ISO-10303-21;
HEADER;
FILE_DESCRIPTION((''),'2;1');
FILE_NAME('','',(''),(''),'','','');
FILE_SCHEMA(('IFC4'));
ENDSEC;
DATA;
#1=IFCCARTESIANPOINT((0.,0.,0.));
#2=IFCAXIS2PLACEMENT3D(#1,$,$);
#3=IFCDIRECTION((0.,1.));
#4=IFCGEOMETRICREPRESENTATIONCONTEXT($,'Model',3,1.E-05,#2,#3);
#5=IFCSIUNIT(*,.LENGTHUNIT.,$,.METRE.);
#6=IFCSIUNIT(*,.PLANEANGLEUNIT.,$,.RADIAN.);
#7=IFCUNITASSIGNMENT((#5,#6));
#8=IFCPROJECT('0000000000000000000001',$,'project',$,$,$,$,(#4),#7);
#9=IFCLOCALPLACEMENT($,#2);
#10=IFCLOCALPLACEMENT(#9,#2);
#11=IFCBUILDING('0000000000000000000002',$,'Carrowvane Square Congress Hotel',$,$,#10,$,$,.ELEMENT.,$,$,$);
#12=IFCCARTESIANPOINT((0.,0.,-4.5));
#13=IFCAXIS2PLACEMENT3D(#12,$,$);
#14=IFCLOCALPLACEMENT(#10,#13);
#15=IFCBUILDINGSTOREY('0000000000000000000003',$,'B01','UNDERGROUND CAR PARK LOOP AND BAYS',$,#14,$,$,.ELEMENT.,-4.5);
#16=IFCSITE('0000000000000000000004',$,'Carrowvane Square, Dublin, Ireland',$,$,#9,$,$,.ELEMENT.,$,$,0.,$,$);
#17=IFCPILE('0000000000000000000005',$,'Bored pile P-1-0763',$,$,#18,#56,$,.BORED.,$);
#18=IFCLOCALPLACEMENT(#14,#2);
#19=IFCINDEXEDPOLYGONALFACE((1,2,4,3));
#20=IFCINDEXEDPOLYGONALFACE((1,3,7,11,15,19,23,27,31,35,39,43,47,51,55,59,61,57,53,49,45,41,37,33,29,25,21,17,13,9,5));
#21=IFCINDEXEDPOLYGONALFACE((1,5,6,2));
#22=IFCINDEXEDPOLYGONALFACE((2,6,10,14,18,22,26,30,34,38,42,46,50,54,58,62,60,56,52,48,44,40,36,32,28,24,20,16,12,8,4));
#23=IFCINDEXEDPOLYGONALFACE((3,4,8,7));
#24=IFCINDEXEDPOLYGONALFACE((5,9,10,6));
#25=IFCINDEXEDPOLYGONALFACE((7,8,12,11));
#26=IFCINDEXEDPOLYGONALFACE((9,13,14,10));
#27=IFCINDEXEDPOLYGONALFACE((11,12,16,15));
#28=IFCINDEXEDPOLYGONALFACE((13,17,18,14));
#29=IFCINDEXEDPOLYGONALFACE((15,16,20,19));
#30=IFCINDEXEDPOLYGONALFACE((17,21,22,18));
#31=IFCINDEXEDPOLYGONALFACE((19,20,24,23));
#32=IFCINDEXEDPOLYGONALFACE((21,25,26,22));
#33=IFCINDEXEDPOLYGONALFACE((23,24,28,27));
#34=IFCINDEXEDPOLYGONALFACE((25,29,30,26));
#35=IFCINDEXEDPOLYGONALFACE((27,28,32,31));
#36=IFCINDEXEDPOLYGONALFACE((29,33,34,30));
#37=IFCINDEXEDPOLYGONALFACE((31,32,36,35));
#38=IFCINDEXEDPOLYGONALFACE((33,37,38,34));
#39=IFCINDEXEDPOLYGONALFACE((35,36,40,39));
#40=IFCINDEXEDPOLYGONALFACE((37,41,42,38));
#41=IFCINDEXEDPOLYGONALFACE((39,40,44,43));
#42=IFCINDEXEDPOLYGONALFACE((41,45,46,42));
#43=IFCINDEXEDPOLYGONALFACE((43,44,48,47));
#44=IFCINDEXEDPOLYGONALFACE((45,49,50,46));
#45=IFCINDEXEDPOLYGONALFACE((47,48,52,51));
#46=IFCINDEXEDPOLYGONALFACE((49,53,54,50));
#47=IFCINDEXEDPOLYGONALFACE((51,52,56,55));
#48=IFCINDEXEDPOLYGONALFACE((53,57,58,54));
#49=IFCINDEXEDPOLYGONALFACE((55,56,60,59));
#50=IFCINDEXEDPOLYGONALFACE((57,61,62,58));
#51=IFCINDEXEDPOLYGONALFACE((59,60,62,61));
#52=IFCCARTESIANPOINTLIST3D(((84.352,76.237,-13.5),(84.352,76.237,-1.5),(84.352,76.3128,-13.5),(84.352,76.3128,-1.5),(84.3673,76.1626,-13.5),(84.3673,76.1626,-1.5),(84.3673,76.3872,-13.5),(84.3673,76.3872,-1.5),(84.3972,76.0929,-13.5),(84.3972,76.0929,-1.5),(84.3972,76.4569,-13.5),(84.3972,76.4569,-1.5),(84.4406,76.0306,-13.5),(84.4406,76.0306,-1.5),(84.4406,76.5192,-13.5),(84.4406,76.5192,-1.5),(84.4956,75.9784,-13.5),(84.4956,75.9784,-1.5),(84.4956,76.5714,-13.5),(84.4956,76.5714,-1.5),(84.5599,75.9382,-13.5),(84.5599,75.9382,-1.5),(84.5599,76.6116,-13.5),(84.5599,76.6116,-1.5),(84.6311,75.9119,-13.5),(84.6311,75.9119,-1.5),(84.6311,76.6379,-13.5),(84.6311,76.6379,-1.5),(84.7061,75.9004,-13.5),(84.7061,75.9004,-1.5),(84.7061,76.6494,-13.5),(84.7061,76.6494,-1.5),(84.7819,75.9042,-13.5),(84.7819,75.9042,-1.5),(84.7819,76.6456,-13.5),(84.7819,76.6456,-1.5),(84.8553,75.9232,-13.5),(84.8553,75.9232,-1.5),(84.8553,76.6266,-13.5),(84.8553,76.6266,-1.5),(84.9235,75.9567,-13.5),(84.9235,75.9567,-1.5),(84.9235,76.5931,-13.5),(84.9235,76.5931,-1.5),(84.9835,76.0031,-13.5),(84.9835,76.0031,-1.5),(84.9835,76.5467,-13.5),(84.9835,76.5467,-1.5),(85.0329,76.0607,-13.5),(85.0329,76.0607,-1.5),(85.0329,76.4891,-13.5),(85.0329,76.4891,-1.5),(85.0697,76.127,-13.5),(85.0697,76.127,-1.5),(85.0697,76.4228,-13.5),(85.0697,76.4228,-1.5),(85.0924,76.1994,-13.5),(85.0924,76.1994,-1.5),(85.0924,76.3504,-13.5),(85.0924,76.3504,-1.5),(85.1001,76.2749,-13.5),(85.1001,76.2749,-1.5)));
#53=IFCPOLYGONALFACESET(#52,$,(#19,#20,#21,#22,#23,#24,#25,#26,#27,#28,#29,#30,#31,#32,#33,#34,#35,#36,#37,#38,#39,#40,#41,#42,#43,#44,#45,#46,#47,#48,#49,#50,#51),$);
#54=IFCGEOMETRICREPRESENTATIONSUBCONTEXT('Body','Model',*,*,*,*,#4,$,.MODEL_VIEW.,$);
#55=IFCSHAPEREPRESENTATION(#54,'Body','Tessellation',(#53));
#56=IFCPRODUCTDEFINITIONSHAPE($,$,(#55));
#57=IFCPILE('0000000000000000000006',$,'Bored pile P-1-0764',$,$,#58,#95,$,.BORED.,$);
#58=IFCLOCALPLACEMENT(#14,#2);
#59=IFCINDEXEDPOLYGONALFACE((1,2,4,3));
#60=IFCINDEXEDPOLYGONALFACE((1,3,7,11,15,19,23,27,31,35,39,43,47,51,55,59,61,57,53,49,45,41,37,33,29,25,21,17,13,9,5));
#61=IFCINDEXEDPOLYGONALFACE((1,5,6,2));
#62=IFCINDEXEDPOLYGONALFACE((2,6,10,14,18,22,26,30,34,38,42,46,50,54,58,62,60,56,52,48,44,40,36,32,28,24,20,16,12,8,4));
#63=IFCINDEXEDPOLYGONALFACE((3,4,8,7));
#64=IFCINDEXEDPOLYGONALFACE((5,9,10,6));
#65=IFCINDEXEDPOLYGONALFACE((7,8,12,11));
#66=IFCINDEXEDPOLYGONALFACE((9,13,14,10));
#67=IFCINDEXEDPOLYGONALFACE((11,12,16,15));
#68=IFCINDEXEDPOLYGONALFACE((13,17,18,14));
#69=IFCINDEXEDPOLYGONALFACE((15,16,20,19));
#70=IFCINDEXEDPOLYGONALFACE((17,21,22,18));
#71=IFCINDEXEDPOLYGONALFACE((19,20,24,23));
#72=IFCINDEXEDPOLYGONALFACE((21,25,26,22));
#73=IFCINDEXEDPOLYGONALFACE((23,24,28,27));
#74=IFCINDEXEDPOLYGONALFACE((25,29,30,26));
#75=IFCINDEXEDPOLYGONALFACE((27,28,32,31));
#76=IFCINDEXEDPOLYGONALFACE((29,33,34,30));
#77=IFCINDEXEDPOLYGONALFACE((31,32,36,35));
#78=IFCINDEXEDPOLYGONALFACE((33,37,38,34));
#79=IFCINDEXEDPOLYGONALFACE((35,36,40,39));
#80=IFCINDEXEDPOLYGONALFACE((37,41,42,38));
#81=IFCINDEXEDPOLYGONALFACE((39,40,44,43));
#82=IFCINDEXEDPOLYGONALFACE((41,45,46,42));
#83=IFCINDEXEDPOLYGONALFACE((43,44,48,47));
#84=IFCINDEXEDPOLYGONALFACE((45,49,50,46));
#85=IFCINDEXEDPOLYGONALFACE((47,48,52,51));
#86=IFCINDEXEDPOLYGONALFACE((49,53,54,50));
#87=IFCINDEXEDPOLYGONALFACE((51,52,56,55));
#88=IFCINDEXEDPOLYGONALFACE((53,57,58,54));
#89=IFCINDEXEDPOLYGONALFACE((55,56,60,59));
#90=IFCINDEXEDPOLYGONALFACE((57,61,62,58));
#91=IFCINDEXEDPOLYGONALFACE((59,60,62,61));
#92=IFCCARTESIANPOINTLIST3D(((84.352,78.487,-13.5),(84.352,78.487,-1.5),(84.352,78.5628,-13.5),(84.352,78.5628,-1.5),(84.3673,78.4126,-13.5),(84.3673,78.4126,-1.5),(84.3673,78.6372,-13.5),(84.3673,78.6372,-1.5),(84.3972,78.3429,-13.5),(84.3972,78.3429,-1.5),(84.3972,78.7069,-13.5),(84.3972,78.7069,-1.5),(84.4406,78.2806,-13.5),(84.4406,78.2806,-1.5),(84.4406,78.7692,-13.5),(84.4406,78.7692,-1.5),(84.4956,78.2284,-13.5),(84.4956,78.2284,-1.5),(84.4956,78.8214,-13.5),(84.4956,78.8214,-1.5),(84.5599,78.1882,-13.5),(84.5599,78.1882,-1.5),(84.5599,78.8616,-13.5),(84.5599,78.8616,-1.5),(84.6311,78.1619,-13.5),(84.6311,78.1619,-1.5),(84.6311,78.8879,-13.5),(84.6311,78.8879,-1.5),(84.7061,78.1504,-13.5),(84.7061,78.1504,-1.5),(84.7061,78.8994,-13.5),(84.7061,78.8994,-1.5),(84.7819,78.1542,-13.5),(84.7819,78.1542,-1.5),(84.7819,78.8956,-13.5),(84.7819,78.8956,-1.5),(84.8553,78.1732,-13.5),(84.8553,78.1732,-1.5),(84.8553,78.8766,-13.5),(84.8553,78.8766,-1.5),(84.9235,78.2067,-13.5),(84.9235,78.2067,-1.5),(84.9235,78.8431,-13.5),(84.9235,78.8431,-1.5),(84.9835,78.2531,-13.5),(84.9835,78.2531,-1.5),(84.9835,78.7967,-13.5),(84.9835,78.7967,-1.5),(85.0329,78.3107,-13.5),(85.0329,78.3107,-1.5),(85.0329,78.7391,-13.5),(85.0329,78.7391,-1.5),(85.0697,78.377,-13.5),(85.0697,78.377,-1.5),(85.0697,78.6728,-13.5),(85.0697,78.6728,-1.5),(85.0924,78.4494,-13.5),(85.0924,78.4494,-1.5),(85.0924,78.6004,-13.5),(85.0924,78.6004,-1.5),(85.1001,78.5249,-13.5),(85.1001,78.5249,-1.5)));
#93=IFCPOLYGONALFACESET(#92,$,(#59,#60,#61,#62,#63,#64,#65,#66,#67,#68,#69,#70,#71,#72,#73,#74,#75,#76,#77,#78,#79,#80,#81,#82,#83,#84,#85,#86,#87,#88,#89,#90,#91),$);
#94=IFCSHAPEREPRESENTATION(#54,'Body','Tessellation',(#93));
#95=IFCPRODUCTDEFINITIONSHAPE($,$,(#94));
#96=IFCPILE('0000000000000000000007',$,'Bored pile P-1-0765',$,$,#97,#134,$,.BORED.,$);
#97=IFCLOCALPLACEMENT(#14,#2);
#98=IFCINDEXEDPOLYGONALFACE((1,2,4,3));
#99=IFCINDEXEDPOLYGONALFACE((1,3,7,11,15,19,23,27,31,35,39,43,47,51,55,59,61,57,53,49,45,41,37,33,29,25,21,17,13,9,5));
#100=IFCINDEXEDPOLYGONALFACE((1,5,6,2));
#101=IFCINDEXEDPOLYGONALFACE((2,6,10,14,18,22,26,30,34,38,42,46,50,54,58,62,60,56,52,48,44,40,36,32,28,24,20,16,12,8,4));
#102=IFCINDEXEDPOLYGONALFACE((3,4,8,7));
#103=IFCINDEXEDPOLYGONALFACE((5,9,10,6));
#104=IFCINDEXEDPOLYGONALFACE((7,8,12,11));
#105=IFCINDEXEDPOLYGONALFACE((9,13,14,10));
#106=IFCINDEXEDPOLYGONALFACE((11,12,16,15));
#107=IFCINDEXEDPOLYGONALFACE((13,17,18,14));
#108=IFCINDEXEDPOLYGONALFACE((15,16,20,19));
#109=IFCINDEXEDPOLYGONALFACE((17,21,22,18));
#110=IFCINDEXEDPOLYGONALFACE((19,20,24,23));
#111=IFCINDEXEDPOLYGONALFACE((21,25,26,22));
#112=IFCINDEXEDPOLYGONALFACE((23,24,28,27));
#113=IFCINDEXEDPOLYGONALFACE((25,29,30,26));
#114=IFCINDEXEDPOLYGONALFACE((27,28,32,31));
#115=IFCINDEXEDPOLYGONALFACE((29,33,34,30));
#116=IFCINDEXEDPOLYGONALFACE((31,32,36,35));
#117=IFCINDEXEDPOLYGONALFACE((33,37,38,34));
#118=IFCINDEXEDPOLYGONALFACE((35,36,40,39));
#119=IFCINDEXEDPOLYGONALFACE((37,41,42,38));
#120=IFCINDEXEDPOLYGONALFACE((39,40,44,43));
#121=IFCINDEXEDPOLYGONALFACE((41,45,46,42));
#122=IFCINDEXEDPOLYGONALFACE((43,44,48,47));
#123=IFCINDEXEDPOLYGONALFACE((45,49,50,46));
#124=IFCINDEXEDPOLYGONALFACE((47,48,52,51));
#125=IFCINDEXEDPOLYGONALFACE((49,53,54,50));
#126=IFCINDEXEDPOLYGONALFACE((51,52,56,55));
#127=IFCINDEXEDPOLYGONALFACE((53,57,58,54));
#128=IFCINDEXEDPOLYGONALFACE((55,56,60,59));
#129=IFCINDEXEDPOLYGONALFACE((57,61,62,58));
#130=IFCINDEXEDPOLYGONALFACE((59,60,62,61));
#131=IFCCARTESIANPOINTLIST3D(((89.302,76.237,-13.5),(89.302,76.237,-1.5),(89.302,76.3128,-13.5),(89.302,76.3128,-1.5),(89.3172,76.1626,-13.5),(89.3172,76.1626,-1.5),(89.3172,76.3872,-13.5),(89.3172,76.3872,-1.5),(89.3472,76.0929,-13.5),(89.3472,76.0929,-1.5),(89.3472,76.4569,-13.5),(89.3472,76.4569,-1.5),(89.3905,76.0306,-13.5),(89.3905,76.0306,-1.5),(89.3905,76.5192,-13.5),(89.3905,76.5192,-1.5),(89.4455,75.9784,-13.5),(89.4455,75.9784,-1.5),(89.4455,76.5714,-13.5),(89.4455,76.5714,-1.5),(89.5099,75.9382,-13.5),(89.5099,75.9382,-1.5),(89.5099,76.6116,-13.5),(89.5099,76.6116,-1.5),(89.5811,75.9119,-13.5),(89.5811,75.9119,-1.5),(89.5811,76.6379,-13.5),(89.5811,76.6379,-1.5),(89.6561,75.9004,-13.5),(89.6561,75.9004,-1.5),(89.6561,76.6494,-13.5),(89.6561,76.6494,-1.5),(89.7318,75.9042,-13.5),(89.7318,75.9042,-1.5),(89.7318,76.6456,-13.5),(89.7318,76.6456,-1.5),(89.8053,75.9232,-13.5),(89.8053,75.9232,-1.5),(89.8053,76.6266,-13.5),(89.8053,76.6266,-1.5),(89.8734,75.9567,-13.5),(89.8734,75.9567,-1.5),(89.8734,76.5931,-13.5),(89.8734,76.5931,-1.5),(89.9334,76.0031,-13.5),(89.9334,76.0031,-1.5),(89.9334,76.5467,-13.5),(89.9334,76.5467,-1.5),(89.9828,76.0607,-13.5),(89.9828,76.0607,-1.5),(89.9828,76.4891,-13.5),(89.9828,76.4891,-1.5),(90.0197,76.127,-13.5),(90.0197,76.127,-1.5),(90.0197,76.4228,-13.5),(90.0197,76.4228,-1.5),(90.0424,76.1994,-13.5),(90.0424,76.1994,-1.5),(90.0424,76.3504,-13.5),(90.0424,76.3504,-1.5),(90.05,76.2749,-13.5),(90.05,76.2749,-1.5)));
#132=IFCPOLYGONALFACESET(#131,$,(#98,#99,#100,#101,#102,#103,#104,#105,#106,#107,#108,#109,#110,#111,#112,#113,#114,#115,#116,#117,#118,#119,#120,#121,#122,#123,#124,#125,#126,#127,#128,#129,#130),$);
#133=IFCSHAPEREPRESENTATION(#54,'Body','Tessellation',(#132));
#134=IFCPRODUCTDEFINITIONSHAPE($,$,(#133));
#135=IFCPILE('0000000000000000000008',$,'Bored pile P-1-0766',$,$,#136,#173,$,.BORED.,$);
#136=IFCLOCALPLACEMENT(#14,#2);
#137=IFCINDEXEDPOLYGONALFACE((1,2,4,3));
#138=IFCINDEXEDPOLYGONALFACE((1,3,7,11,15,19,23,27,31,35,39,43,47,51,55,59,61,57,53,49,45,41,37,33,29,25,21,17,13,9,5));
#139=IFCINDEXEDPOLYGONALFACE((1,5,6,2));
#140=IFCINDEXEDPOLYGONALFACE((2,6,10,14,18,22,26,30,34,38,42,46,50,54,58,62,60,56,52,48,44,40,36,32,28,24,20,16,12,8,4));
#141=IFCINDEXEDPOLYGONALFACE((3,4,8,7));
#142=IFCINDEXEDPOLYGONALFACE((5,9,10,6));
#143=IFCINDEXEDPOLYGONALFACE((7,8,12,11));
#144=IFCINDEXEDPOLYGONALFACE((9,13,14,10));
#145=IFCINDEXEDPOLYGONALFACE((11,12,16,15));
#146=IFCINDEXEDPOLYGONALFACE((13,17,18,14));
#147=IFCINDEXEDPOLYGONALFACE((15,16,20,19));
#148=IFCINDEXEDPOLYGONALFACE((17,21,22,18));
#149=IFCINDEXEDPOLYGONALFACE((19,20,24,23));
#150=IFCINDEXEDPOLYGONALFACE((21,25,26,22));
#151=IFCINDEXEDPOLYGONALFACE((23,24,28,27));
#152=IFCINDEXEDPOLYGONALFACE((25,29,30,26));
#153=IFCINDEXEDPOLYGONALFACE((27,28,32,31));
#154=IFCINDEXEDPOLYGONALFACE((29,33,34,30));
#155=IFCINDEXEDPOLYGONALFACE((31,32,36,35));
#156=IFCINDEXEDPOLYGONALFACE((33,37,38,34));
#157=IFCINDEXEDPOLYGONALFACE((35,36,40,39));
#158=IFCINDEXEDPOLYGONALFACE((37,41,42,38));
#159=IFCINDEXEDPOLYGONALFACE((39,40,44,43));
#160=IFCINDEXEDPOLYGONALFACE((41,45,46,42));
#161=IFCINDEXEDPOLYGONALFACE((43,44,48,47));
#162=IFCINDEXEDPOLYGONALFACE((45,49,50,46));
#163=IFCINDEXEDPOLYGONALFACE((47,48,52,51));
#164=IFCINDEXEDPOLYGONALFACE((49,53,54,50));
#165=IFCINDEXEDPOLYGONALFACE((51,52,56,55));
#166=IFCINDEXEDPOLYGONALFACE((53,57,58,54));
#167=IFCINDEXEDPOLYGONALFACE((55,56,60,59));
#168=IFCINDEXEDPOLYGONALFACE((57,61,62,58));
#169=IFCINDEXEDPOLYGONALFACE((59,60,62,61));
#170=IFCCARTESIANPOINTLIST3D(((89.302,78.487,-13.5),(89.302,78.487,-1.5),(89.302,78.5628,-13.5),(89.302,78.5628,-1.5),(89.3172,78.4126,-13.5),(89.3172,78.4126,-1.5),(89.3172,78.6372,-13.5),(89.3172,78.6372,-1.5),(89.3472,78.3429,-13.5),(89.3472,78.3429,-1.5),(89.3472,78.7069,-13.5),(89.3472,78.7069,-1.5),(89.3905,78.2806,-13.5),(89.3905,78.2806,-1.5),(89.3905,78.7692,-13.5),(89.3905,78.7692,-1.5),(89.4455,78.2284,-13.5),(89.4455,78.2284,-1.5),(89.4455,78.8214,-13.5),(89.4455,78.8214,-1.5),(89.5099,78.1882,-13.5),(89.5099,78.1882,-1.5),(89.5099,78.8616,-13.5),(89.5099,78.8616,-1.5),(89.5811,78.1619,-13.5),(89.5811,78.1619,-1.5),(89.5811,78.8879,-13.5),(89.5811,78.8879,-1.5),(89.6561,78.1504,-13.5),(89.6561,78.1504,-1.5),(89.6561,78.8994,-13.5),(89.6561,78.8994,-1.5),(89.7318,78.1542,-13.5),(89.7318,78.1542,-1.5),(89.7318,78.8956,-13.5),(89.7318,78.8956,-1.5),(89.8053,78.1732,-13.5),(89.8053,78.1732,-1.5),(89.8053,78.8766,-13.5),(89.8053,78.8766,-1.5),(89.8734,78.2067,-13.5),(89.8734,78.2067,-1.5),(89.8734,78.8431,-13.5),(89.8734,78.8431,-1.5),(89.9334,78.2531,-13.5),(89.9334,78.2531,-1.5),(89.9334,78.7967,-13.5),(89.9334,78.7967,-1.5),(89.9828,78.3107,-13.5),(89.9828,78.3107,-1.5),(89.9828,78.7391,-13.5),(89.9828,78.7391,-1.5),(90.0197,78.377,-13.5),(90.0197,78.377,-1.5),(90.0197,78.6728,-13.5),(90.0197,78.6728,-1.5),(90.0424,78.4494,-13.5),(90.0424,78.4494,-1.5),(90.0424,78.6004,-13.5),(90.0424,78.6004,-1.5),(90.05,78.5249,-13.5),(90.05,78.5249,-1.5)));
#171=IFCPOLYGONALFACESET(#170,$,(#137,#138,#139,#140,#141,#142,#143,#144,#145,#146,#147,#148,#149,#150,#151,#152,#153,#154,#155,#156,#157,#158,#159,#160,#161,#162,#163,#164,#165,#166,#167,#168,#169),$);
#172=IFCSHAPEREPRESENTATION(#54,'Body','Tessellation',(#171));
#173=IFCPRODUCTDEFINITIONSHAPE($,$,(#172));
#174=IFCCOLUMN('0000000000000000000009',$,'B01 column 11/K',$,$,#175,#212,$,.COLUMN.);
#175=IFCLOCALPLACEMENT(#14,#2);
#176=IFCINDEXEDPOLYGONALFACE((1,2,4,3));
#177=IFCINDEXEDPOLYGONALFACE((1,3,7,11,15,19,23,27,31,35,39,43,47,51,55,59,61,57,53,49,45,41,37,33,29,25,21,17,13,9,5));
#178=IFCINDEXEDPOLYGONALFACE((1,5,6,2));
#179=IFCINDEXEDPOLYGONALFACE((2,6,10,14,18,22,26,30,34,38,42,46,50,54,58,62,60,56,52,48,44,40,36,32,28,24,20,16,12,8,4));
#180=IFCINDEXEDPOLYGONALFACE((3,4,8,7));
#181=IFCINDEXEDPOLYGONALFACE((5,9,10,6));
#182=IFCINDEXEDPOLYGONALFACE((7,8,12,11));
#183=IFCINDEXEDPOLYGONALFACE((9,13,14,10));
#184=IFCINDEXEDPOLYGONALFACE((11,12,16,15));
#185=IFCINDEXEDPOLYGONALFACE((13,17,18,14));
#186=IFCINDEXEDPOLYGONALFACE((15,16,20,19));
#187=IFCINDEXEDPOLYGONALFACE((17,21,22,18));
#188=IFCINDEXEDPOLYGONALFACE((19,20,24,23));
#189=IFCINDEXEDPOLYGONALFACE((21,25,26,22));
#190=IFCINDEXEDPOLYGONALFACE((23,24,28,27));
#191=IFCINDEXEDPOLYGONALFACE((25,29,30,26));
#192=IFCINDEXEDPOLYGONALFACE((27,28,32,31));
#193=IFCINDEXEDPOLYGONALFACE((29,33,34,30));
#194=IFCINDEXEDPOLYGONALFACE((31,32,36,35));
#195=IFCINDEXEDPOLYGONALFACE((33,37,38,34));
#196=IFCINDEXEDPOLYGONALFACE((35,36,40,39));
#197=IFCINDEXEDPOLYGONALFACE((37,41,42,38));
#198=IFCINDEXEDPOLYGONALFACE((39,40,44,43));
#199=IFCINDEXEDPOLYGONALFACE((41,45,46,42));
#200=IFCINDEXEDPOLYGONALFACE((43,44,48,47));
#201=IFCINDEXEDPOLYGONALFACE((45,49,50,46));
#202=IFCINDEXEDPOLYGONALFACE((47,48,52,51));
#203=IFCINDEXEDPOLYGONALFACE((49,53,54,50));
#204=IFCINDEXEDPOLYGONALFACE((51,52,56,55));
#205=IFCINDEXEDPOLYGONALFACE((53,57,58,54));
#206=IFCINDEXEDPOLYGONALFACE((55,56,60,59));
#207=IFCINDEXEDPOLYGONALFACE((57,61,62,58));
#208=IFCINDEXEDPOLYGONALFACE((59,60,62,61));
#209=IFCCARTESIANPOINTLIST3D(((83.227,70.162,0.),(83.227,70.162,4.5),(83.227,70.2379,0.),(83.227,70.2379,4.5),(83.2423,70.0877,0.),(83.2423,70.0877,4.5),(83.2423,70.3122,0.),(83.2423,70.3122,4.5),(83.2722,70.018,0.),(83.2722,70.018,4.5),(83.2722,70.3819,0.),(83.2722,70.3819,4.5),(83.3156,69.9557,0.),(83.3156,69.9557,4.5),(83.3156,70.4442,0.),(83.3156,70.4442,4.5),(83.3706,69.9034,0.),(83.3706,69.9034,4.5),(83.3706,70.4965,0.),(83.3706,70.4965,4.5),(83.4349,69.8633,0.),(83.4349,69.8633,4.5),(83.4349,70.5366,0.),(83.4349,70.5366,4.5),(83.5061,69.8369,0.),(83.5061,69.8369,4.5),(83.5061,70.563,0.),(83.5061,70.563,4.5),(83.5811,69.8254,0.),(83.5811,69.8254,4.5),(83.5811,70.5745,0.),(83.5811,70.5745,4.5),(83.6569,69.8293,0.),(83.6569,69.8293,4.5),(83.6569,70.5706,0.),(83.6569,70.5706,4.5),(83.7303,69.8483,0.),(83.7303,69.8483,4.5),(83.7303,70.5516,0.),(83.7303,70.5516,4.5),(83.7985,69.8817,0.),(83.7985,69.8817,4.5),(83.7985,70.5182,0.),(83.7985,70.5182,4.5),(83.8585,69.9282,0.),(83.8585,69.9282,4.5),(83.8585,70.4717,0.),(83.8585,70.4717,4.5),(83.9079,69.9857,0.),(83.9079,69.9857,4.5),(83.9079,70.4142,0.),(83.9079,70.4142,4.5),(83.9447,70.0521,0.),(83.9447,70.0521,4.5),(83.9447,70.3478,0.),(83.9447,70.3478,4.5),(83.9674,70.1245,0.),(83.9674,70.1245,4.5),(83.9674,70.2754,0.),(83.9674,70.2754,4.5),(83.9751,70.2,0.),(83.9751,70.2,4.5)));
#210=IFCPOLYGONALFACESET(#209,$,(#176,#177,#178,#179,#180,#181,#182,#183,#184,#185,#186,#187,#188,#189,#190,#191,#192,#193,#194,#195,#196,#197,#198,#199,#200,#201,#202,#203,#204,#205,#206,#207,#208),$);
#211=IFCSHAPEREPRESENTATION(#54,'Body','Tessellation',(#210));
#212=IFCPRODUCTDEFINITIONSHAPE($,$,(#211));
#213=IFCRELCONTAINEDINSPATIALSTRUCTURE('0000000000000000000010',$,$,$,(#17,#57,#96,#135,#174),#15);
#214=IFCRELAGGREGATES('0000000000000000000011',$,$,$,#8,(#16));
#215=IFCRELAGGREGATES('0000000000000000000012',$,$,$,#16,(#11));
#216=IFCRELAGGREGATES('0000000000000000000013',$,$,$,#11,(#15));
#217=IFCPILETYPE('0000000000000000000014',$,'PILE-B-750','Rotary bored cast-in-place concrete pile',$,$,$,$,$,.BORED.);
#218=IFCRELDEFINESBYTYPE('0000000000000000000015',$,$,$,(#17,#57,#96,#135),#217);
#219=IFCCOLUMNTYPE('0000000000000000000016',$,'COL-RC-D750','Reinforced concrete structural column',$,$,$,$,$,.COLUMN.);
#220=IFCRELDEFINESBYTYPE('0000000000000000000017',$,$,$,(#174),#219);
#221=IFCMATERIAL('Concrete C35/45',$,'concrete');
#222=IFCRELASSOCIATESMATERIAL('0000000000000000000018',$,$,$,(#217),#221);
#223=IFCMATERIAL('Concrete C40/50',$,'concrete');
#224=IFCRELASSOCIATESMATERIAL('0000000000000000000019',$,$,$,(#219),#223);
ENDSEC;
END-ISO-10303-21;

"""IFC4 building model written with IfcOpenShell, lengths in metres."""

from ifc_helpers import new_model, si_unit, direction, frame, origin, origin_2d, place, context, subcontext, project, spatial, circle, extrude, material, material_profile, profile_set, type_object, element, save


model = new_model("IFC4")

# Units and contexts
model_context = context("Model", 3, precision=1e-05, world=origin(), true_north=direction((0.0, 1.0)))
body_context = subcontext(model_context, "Body", "Model", "MODEL_VIEW")
ifc_project = project(units=[si_unit("LENGTHUNIT", "METRE"), si_unit("PLANEANGLEUNIT", "RADIAN")], contexts=[model_context])

# Site, building, storey
site_placement = place(None, origin())
site = spatial("IfcSite", under=ifc_project, at=site_placement, Name="Carrowvane Square, Dublin, Ireland", CompositionType="ELEMENT", RefElevation=0.0)
building_placement = place(site_placement, origin())
building = spatial("IfcBuilding", under=site, at=building_placement, Name="Carrowvane Square Congress Hotel", CompositionType="ELEMENT")
storey_placement = place(building_placement, frame((0.0, 0.0, -4.5)))
storey = spatial("IfcBuildingStorey", under=building, at=storey_placement, Name="B01", Description="UNDERGROUND CAR PARK LOOP AND BAYS", CompositionType="ELEMENT", Elevation=-4.5)

# Piles
ifc_material_1 = material(Name="Concrete C35/45", Category="concrete")
ifc_material_profile_1 = material_profile(ifc_material_1, circle(Radius=0.375, at=origin_2d()), Name="PILE D750")
ifc_profile_set_1 = profile_set([ifc_material_profile_1], Name="Concrete C35/45")
pile_type = type_object("IfcPileType", Name="PILE-B-750", Description="Rotary bored cast-in-place concrete pile", PredefinedType="BORED", material=ifc_profile_set_1)
for number, where, z_axis, x_axis, name in (
    (1, (84.7251, 76.2749, -1.5), (0.0, 0.0, -1.0), (1.0, 0.0, 0.0), "Bored pile P-1-0763"),
    (2, (84.7251, 78.5249, -1.5), (0.0, 0.0, -1.0), (1.0, 0.0, 0.0), "Bored pile P-1-0764"),
    (3, (89.675, 76.2749, -1.5), (0.0, 0.0, -1.0), (1.0, 0.0, 0.0), "Bored pile P-1-0765"),
    (4, (89.675, 78.5249, -1.5), (0.0, 0.0, -1.0), (1.0, 0.0, 0.0), "Bored pile P-1-0766"),
):
    element("IfcPile", number, at=place(storey_placement, frame(where, z_axis=z_axis, x_axis=x_axis)), inside=storey, type_object=pile_type, Name=name, PredefinedType="BORED", context=body_context, shape_type="SweptSolid", body=[
        extrude(circle(Radius=0.375, at=origin_2d()), origin(), (0.0, 0.0, 1.0), 12.0),
    ])

# Column
ifc_material_2 = material(Name="Concrete C40/50", Category="concrete")
ifc_material_profile_2 = material_profile(ifc_material_2, circle(Radius=0.375, at=origin_2d()), Name="RC D750")
ifc_profile_set_2 = profile_set([ifc_material_profile_2], Name="Concrete C40/50")
column_type = type_object("IfcColumnType", Name="COL-RC-D750", Description="Reinforced concrete structural column", PredefinedType="COLUMN", material=ifc_profile_set_2)
for number, where, z_axis, x_axis, name in (
    (5, (83.6001, 70.2, 0.0), (0.0, 0.0, 1.0), (1.0, 0.0, 0.0), "B01 column 11/K"),
):
    element("IfcColumn", number, at=place(storey_placement, frame(where, z_axis=z_axis, x_axis=x_axis)), inside=storey, type_object=column_type, Name=name, PredefinedType="COLUMN", context=body_context, shape_type="SweptSolid", body=[
        extrude(circle(Radius=0.375, at=origin_2d()), origin(), (0.0, 0.0, 1.0), 4.5),
    ])

save(model, "model.ifc")
